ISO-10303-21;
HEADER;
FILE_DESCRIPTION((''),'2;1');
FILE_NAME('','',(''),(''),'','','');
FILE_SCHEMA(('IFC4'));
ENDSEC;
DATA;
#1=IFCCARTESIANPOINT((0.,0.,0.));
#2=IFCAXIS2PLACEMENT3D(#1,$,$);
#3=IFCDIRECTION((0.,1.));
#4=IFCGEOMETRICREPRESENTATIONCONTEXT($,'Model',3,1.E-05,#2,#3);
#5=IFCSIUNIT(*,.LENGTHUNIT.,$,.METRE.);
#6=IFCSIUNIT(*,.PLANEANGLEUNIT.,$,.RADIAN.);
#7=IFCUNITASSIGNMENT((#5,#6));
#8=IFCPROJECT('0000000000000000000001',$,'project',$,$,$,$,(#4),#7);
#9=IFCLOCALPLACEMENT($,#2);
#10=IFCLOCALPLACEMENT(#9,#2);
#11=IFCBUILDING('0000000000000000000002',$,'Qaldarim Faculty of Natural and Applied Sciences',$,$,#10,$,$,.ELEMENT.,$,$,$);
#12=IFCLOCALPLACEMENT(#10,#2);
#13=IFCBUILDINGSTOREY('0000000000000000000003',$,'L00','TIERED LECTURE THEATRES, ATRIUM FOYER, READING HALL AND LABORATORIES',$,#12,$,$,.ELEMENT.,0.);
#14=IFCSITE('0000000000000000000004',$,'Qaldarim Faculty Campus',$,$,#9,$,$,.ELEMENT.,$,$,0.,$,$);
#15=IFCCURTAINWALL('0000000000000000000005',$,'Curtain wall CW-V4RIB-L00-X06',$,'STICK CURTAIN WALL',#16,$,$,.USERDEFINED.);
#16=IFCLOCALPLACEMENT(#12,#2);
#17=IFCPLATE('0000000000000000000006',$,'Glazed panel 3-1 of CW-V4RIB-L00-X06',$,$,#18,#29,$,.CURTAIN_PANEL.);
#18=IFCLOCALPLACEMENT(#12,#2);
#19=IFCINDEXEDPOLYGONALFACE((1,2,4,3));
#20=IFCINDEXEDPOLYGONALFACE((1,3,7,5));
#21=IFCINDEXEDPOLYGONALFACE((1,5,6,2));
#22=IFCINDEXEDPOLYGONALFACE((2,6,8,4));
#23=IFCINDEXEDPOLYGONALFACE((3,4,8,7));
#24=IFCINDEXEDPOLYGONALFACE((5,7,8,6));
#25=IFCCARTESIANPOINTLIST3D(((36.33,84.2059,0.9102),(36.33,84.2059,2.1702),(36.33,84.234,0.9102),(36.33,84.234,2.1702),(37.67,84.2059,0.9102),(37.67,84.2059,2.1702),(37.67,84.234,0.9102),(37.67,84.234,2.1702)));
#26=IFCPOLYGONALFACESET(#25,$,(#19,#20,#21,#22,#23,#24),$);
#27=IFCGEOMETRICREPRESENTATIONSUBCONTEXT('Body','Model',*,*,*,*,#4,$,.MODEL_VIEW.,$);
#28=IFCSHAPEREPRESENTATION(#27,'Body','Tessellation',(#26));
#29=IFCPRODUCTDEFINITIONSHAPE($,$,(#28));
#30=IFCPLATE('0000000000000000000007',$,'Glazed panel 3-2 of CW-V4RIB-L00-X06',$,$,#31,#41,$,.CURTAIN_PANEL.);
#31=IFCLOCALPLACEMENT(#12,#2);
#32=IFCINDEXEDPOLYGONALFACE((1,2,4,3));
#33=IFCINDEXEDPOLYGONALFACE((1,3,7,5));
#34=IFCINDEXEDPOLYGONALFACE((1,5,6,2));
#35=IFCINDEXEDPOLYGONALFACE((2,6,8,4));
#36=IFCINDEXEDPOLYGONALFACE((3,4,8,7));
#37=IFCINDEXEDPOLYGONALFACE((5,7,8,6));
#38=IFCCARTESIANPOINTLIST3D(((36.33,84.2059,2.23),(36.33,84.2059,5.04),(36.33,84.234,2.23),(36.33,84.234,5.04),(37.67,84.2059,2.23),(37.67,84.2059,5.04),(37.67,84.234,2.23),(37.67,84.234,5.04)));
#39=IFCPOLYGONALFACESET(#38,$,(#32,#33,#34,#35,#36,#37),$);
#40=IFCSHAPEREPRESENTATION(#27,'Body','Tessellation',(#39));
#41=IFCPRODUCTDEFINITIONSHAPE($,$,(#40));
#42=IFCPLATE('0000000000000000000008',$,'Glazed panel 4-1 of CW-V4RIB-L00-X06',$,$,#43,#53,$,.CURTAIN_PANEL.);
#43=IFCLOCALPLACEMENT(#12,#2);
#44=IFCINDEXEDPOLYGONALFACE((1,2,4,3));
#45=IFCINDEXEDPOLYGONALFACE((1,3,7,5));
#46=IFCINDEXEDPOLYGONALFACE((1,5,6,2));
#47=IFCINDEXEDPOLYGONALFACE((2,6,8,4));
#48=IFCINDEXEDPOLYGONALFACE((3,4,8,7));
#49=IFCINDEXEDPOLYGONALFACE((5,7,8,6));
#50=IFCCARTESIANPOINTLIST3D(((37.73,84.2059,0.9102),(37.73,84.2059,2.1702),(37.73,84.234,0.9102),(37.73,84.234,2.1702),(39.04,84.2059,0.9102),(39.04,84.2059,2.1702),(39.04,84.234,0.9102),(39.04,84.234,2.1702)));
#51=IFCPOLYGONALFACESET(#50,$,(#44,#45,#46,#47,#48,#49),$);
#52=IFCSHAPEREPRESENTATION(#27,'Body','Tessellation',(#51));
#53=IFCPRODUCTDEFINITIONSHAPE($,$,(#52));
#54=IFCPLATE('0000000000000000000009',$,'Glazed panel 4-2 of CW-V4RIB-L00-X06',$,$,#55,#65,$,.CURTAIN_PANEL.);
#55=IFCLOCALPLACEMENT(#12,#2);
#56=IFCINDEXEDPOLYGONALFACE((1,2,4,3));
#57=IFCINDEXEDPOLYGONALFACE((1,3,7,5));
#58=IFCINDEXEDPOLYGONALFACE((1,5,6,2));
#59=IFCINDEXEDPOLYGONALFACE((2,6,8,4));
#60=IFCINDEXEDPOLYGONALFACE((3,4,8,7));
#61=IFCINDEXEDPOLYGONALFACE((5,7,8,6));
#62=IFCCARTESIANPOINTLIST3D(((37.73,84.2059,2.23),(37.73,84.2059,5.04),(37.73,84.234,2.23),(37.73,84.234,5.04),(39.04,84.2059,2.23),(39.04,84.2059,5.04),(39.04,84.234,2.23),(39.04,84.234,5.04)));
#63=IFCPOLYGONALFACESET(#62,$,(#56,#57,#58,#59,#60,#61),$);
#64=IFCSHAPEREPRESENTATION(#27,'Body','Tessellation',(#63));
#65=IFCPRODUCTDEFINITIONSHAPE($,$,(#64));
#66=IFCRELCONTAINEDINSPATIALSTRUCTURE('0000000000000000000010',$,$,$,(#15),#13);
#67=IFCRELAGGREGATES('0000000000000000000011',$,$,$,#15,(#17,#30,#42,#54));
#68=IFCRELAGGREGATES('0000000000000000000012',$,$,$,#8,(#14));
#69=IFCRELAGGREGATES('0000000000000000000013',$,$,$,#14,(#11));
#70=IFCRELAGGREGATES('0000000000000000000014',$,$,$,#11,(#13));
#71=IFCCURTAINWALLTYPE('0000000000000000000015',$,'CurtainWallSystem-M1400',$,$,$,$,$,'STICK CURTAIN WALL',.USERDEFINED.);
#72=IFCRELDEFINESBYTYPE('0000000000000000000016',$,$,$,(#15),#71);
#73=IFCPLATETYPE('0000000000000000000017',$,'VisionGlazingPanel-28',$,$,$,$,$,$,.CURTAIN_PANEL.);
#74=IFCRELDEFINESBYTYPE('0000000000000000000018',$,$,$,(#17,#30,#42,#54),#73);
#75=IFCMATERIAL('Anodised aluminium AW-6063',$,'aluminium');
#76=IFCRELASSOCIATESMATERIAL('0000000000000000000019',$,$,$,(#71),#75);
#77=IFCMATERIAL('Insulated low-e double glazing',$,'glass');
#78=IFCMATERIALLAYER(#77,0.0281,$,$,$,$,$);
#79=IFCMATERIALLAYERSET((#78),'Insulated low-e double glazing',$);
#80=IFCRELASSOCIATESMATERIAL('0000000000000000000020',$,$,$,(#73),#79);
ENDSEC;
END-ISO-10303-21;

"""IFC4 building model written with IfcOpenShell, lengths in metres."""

from ifc_helpers import new_model, si_unit, direction, frame, origin, origin_2d, place, context, subcontext, project, spatial, rectangle, extrude, material, layer, layer_set, type_object, element, aggregate, save


model = new_model("IFC4")

# Units and contexts
model_context = context("Model", 3, precision=1e-05, world=origin(), true_north=direction((0.0, 1.0)))
body_context = subcontext(model_context, "Body", "Model", "MODEL_VIEW")
ifc_project = project(units=[si_unit("LENGTHUNIT", "METRE"), si_unit("PLANEANGLEUNIT", "RADIAN")], contexts=[model_context])

# Site, building, storey
site_placement = place(None, origin())
site = spatial("IfcSite", under=ifc_project, at=site_placement, Name="Qaldarim Faculty Campus", CompositionType="ELEMENT", RefElevation=0.0)
building_placement = place(site_placement, origin())
building = spatial("IfcBuilding", under=site, at=building_placement, Name="Qaldarim Faculty of Natural and Applied Sciences", CompositionType="ELEMENT")
storey_placement = place(building_placement, origin())
storey = spatial("IfcBuildingStorey", under=building, at=storey_placement, Name="L00", Description="TIERED LECTURE THEATRES, ATRIUM FOYER, READING HALL AND LABORATORIES", CompositionType="ELEMENT", Elevation=0.0)

# Curtain wall, plates
ifc_material_1 = material(Name="Anodised aluminium AW-6063", Category="aluminium")
curtain_wall_type = type_object("IfcCurtainWallType", Name="CurtainWallSystem-M1400", ElementType="STICK CURTAIN WALL", PredefinedType="USERDEFINED", material=ifc_material_1)
curtain_wall_placement = place(storey_placement, origin())
curtain_wall = element("IfcCurtainWall", 1, at=curtain_wall_placement, inside=storey, type_object=curtain_wall_type, Name="Curtain wall CW-V4RIB-L00-X06", ObjectType="STICK CURTAIN WALL", PredefinedType="USERDEFINED")
ifc_material_2 = material(Name="Insulated low-e double glazing", Category="glass")
ifc_layer = layer(ifc_material_2, 0.0281)
ifc_layer_set = layer_set([ifc_layer], Name="Insulated low-e double glazing")
plate_type = type_object("IfcPlateType", Name="VisionGlazingPanel-28", PredefinedType="CURTAIN_PANEL", material=ifc_layer_set)
plate_1_placement = place(storey_placement, frame((37.0, 84.22, 0.9102), z_axis=(0.0, 0.0, 1.0), x_axis=(1.0, 0.0, 0.0)))
plate_1 = element("IfcPlate", 2, at=plate_1_placement, type_object=plate_type, Name="Glazed panel 3-1 of CW-V4RIB-L00-X06", PredefinedType="CURTAIN_PANEL", context=body_context, shape_type="SweptSolid", body=[
    extrude(rectangle(XDim=1.3401, YDim=0.0281, at=origin_2d()), origin(), (0.0, 0.0, 1.0), 1.26),
])
plate_2_placement = place(storey_placement, frame((37.0, 84.22, 2.23), z_axis=(0.0, 0.0, 1.0), x_axis=(1.0, 0.0, 0.0)))
plate_2 = element("IfcPlate", 3, at=plate_2_placement, type_object=plate_type, Name="Glazed panel 3-2 of CW-V4RIB-L00-X06", PredefinedType="CURTAIN_PANEL", context=body_context, shape_type="SweptSolid", body=[
    extrude(rectangle(XDim=1.3401, YDim=0.0281, at=origin_2d()), origin(), (0.0, 0.0, 1.0), 2.8101),
])
plate_3_placement = place(storey_placement, frame((38.385, 84.22, 0.9102), z_axis=(0.0, 0.0, 1.0), x_axis=(1.0, 0.0, 0.0)))
plate_3 = element("IfcPlate", 4, at=plate_3_placement, type_object=plate_type, Name="Glazed panel 4-1 of CW-V4RIB-L00-X06", PredefinedType="CURTAIN_PANEL", context=body_context, shape_type="SweptSolid", body=[
    extrude(rectangle(XDim=1.3101, YDim=0.0281, at=origin_2d()), origin(), (0.0, 0.0, 1.0), 1.26),
])
plate_4_placement = place(storey_placement, frame((38.385, 84.22, 2.23), z_axis=(0.0, 0.0, 1.0), x_axis=(1.0, 0.0, 0.0)))
plate_4 = element("IfcPlate", 5, at=plate_4_placement, type_object=plate_type, Name="Glazed panel 4-2 of CW-V4RIB-L00-X06", PredefinedType="CURTAIN_PANEL", context=body_context, shape_type="SweptSolid", body=[
    extrude(rectangle(XDim=1.3101, YDim=0.0281, at=origin_2d()), origin(), (0.0, 0.0, 1.0), 2.8101),
])
aggregate(curtain_wall, [plate_1, plate_2, plate_3, plate_4])

save(model, "model.ifc")
